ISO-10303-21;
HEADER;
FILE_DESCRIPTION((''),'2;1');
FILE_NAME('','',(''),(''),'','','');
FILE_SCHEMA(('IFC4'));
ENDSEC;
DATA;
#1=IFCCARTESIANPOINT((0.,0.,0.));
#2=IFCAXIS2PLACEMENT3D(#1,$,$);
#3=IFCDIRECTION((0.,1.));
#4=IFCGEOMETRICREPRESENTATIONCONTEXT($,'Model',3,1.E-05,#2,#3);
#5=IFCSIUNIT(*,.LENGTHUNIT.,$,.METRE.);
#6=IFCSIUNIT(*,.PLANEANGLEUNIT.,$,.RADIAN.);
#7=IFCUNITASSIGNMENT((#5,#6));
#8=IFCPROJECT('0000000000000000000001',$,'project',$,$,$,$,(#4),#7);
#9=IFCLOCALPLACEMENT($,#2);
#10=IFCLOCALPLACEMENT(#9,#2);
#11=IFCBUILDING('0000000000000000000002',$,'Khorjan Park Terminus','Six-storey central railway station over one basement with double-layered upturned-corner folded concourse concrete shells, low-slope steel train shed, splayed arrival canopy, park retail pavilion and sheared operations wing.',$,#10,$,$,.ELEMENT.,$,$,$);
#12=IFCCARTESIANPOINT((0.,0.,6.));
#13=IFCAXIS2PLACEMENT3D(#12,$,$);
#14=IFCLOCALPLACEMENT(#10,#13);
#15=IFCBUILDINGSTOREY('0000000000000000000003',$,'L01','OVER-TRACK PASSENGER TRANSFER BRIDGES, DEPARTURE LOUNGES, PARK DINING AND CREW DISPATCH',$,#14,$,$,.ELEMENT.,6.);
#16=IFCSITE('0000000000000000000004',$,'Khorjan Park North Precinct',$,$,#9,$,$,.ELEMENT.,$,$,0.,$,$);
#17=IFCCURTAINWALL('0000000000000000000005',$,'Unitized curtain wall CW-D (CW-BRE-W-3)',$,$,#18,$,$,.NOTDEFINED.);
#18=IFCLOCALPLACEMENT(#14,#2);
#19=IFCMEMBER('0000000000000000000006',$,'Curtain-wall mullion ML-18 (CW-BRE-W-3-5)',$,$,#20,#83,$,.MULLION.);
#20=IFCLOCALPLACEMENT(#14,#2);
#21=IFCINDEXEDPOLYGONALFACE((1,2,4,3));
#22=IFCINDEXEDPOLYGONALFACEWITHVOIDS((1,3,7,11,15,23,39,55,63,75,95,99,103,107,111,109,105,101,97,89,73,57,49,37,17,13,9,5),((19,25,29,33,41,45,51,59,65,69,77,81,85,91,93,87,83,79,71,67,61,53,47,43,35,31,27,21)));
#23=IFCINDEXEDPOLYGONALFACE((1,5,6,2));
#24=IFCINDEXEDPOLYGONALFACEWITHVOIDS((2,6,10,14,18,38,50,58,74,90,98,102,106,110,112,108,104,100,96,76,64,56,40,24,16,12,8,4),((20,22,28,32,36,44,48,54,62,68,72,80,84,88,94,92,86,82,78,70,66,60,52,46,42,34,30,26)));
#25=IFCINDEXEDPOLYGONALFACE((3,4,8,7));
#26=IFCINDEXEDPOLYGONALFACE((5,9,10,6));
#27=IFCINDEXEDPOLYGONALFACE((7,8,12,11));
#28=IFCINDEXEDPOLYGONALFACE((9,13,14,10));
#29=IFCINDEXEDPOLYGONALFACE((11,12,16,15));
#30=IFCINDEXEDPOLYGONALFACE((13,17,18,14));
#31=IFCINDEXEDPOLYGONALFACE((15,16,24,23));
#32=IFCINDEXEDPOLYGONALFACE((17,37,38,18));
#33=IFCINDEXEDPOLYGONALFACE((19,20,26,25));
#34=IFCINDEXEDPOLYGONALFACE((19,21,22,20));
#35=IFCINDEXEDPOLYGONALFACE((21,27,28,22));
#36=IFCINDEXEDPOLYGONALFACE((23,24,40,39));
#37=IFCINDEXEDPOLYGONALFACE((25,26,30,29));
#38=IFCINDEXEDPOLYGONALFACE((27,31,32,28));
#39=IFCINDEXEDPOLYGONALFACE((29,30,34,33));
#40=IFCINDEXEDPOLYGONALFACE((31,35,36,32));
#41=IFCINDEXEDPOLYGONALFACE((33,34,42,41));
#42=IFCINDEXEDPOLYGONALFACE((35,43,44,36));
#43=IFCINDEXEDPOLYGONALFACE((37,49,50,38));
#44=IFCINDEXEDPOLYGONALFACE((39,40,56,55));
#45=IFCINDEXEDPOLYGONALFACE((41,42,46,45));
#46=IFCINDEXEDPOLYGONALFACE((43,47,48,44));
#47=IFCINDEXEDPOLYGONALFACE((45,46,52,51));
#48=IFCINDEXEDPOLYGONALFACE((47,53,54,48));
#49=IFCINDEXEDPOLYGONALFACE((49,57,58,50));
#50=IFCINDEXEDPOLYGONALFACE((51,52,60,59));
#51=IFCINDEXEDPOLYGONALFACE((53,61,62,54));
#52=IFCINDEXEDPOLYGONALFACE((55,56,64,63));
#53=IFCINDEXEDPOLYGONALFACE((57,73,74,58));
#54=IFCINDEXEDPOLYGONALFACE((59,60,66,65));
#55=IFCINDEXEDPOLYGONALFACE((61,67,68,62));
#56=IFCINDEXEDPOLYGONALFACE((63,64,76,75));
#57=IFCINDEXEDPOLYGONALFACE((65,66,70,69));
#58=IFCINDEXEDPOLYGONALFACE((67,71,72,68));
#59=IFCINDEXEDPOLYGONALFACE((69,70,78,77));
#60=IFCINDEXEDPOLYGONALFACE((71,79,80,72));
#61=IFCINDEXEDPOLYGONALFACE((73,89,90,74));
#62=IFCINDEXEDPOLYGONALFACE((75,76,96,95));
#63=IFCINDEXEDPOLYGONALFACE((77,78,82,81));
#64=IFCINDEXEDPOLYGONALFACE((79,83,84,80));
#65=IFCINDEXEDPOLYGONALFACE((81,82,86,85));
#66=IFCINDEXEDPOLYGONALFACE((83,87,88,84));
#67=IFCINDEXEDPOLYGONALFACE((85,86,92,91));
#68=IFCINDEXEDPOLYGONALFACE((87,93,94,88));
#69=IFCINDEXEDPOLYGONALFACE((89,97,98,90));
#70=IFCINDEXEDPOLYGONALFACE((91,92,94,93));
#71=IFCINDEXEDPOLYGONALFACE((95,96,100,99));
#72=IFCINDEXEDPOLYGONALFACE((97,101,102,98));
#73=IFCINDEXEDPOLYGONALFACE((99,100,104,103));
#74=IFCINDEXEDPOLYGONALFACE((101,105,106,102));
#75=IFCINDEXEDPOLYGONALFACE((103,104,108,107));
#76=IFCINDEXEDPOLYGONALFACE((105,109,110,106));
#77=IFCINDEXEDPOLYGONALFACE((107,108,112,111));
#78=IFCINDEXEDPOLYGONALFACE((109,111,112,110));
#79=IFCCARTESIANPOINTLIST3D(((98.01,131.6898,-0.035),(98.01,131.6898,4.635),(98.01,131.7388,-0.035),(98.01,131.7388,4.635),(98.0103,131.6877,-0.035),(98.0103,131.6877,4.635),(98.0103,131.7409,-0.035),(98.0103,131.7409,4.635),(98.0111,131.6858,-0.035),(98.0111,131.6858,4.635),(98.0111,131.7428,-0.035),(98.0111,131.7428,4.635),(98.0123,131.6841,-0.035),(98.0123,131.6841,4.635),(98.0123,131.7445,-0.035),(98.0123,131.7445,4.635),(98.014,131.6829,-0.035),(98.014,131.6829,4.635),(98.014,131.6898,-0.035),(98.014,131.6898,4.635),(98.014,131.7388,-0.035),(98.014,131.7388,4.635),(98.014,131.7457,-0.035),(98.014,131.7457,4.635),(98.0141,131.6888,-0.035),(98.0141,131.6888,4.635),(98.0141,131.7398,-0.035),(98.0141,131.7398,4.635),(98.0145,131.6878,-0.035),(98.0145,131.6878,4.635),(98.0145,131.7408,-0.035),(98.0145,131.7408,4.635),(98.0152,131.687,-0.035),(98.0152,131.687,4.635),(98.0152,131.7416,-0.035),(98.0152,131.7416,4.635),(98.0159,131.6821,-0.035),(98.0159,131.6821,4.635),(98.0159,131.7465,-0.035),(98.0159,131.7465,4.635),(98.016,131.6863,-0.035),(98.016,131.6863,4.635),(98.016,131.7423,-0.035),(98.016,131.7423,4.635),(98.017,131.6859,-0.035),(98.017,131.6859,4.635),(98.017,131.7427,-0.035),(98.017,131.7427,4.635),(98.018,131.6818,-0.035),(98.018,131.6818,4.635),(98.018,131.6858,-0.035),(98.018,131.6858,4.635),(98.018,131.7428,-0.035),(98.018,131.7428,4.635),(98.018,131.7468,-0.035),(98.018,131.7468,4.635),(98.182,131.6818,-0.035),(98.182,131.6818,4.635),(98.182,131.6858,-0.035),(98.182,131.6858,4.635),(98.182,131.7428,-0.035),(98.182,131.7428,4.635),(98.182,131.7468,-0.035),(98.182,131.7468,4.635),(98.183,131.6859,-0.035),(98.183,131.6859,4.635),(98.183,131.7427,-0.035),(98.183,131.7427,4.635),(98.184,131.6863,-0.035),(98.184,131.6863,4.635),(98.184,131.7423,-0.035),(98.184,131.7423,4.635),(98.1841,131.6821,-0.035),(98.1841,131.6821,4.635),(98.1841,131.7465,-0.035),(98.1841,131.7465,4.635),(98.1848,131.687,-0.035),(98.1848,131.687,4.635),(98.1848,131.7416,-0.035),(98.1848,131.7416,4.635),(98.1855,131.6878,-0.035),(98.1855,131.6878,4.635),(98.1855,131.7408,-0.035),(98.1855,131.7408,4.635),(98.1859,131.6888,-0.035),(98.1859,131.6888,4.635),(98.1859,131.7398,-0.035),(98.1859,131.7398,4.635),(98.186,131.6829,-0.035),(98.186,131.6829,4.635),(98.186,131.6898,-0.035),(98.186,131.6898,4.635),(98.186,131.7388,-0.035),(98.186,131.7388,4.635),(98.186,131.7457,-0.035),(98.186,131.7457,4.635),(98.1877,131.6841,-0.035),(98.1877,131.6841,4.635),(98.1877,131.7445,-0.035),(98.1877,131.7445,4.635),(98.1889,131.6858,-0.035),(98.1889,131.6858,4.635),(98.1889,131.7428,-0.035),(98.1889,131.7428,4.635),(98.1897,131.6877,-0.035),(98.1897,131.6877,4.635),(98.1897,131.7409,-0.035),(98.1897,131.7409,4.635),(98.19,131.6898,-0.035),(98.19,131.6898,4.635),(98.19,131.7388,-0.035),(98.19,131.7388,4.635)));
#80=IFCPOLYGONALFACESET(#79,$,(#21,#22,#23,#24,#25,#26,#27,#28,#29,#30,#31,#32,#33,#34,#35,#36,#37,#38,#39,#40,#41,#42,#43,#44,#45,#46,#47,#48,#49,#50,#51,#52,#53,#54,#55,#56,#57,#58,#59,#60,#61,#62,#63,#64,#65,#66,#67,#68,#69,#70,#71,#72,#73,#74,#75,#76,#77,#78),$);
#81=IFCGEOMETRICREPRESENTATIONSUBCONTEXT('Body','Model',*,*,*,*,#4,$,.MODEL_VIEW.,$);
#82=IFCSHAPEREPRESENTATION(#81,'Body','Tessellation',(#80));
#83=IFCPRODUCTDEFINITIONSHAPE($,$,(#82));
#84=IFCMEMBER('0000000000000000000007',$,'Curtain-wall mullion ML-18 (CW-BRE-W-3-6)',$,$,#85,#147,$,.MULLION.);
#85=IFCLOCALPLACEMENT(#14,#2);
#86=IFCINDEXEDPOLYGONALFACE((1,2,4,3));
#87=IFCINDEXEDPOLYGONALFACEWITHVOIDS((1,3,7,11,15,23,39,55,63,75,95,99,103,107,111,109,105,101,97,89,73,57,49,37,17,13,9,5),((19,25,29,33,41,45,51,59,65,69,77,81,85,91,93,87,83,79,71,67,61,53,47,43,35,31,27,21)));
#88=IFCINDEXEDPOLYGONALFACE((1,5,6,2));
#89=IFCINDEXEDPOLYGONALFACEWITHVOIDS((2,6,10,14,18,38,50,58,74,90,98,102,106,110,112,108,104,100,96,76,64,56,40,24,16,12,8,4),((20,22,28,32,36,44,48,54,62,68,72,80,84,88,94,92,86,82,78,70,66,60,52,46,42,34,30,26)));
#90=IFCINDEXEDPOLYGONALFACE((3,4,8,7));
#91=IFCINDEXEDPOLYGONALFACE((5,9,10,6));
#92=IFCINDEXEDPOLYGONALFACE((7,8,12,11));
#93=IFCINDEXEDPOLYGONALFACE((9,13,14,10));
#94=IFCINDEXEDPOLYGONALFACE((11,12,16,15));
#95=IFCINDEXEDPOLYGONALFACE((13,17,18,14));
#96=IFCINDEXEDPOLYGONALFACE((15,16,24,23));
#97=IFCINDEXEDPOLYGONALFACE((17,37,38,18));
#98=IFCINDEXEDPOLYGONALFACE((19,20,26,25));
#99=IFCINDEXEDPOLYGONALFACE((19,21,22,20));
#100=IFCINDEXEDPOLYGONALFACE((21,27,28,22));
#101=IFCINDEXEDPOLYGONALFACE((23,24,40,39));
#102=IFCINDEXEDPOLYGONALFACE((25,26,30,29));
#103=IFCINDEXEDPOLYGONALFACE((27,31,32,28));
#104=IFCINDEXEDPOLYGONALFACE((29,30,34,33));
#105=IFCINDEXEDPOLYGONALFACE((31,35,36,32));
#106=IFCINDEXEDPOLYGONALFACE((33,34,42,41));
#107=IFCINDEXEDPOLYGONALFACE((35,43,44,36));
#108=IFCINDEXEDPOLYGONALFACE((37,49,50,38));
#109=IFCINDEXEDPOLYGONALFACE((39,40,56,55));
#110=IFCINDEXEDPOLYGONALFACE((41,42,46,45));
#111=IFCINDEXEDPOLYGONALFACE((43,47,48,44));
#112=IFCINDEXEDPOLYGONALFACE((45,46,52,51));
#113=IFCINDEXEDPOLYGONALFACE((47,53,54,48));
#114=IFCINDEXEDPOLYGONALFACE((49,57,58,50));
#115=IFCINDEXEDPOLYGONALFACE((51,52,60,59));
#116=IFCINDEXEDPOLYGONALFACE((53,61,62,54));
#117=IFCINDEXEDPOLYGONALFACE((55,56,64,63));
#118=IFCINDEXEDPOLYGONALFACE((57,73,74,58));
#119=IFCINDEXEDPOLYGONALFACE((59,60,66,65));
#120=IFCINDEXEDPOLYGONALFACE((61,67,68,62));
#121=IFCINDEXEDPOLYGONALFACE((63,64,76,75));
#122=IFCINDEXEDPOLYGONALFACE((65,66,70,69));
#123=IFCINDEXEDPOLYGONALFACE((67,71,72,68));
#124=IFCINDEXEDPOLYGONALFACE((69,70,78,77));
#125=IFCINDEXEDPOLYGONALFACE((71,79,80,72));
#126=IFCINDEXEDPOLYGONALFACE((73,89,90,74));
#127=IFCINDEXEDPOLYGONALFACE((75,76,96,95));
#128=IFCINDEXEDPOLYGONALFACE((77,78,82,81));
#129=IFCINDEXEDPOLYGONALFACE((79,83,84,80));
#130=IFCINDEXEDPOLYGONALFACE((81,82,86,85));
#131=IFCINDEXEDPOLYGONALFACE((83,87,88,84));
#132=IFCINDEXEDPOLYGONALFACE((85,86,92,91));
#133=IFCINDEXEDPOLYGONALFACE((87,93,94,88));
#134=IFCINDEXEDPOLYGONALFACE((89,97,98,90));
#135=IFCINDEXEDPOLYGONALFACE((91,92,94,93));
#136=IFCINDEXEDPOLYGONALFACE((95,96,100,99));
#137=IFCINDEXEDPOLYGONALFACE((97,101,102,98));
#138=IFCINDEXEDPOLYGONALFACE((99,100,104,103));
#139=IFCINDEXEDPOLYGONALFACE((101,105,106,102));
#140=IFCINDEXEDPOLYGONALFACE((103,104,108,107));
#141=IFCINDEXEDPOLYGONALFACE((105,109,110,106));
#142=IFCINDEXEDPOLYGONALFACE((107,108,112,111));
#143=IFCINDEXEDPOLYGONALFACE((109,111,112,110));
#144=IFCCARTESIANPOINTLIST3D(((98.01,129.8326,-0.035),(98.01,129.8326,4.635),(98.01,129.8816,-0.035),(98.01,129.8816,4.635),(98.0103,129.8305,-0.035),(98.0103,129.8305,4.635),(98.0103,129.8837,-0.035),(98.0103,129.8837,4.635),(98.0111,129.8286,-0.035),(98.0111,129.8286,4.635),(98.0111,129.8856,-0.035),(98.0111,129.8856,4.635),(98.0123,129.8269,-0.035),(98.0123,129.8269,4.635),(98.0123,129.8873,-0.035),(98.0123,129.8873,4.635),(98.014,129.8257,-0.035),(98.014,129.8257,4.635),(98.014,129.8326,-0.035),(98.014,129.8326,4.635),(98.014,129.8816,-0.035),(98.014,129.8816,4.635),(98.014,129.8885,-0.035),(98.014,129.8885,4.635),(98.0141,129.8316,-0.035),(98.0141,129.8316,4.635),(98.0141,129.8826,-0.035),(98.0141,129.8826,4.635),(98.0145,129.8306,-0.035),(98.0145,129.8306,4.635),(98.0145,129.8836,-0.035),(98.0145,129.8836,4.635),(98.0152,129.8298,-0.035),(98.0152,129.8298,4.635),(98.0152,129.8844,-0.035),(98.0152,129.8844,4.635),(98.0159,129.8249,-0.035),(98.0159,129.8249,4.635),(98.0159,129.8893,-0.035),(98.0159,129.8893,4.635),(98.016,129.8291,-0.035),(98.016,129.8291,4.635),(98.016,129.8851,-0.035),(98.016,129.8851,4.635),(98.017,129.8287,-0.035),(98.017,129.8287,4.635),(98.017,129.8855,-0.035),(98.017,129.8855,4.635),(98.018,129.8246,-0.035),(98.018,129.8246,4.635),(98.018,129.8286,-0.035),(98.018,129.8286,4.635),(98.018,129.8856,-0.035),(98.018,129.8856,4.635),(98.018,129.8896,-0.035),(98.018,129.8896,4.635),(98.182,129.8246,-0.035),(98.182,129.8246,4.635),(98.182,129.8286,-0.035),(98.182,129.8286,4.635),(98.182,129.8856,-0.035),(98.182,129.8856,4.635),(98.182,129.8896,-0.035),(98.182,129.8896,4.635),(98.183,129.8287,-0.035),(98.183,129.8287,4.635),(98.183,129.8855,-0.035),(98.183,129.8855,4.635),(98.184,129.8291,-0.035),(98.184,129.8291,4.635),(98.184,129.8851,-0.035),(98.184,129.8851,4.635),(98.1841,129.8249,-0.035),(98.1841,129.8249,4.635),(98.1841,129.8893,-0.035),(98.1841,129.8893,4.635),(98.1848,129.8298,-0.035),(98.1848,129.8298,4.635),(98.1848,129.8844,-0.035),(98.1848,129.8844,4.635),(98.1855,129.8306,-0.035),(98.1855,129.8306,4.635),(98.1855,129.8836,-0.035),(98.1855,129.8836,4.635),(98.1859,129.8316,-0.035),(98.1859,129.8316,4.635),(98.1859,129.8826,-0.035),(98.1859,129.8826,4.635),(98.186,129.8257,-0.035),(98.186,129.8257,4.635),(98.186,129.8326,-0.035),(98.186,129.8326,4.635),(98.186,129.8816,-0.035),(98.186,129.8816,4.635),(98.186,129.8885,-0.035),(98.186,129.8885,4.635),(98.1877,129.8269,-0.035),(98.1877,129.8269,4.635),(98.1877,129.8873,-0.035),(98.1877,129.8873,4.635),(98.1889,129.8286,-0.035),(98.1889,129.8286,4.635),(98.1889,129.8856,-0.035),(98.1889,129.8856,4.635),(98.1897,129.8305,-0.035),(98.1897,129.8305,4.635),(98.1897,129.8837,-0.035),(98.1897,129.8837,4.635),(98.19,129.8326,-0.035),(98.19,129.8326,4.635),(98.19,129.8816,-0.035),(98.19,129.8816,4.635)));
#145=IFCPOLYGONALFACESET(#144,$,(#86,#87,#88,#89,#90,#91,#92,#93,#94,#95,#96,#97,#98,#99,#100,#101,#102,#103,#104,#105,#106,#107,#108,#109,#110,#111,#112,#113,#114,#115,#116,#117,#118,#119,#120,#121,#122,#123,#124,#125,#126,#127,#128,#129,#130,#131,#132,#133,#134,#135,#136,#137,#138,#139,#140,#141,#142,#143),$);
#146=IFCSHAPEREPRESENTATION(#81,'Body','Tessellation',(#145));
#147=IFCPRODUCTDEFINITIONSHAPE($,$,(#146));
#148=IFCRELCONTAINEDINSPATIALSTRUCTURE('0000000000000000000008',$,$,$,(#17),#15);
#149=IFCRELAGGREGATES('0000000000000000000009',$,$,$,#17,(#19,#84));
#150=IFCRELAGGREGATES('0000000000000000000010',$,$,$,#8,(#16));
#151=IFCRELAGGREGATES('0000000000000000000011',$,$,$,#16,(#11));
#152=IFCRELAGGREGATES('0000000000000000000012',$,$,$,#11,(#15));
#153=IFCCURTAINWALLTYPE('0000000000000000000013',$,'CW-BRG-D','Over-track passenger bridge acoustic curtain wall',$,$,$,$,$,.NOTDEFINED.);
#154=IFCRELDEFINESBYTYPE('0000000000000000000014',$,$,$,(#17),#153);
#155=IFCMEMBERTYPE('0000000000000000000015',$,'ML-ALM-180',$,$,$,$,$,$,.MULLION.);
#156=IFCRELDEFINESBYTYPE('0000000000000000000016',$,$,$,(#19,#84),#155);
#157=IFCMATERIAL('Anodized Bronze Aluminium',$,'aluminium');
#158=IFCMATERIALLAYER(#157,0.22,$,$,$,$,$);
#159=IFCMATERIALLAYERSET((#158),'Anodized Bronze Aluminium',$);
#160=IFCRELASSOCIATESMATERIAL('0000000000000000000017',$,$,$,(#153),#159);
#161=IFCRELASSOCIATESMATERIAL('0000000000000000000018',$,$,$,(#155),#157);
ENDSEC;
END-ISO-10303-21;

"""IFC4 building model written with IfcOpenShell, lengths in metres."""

from ifc_helpers import new_model, si_unit, direction, frame, origin, origin_2d, place, context, subcontext, project, spatial, hollow_rectangle, extrude, material, layer, layer_set, material_profile, profile_set, type_object, element, aggregate, save


model = new_model("IFC4")

# Units and contexts
model_context = context("Model", 3, precision=1e-05, world=origin(), true_north=direction((0.0, 1.0)))
body_context = subcontext(model_context, "Body", "Model", "MODEL_VIEW")
ifc_project = project(units=[si_unit("LENGTHUNIT", "METRE"), si_unit("PLANEANGLEUNIT", "RADIAN")], contexts=[model_context])

# Site, building, storey
site_placement = place(None, origin())
site = spatial("IfcSite", under=ifc_project, at=site_placement, Name="Khorjan Park North Precinct", CompositionType="ELEMENT", RefElevation=0.0)
building_placement = place(site_placement, origin())
building = spatial("IfcBuilding", under=site, at=building_placement, Name="Khorjan Park Terminus", Description="Six-storey central railway station over one basement with double-layered upturned-corner folded concourse concrete shells, low-slope steel train shed, splayed arrival canopy, park retail pavilion and sheared operations wing.", CompositionType="ELEMENT")
storey_placement = place(building_placement, frame((0.0, 0.0, 6.0)))
storey = spatial("IfcBuildingStorey", under=building, at=storey_placement, Name="L01", Description="OVER-TRACK PASSENGER TRANSFER BRIDGES, DEPARTURE LOUNGES, PARK DINING AND CREW DISPATCH", CompositionType="ELEMENT", Elevation=6.0)

# Shared definitions
ifc_material_1 = material(Name="Anodized Bronze Aluminium", Category="aluminium")
ifc_layer_1 = layer(ifc_material_1, 0.22)
ifc_layer_set_1 = layer_set([ifc_layer_1], Name="Anodized Bronze Aluminium")
curtain_wall_type = type_object("IfcCurtainWallType", Name="CW-BRG-D", Description="Over-track passenger bridge acoustic curtain wall", PredefinedType="NOTDEFINED", material=ifc_layer_set_1)
ifc_material_profile_1 = material_profile(ifc_material_1, hollow_rectangle(XDim=0.065, YDim=0.18, WallThickness=0.004, InnerFilletRadius=0.004, OuterFilletRadius=0.008, at=origin_2d()), Name="ALM 65x180x4")
ifc_profile_set_1 = profile_set([ifc_material_profile_1], Name="Anodized Bronze Aluminium")
member_type_1 = type_object("IfcMemberType", Name="ML-ALM-180", PredefinedType="MULLION", material=ifc_profile_set_1)

# Curtain wall, members
curtain_wall_1_placement = place(storey_placement, origin())
curtain_wall_1 = element("IfcCurtainWall", 1, at=curtain_wall_1_placement, inside=storey, type_object=curtain_wall_type, Name="Unitized curtain wall CW-D (CW-BRE-W-3)", PredefinedType="NOTDEFINED")
member_1_placement = place(storey_placement, frame((98.1, 131.7143, -0.035), z_axis=(0.0, 0.0, 1.0), x_axis=(0.0, -1.0, 0.0)))
member_1 = element("IfcMember", 2, at=member_1_placement, type_object=member_type_1, Name="Curtain-wall mullion ML-18 (CW-BRE-W-3-5)", PredefinedType="MULLION", context=body_context, shape_type="SweptSolid", body=[
    extrude(hollow_rectangle(XDim=0.065, YDim=0.18, WallThickness=0.004, InnerFilletRadius=0.004, OuterFilletRadius=0.008, at=origin_2d()), origin(), (0.0, 0.0, 1.0), 4.67),
])
member_2_placement = place(storey_placement, frame((98.1, 129.8571, -0.035), z_axis=(0.0, 0.0, 1.0), x_axis=(0.0, -1.0, 0.0)))
member_2 = element("IfcMember", 3, at=member_2_placement, type_object=member_type_1, Name="Curtain-wall mullion ML-18 (CW-BRE-W-3-6)", PredefinedType="MULLION", context=body_context, shape_type="SweptSolid", body=[
    extrude(hollow_rectangle(XDim=0.065, YDim=0.18, WallThickness=0.004, InnerFilletRadius=0.004, OuterFilletRadius=0.008, at=origin_2d()), origin(), (0.0, 0.0, 1.0), 4.67),
])

aggregate(curtain_wall_1, [member_1, member_2])

save(model, "model.ifc")
